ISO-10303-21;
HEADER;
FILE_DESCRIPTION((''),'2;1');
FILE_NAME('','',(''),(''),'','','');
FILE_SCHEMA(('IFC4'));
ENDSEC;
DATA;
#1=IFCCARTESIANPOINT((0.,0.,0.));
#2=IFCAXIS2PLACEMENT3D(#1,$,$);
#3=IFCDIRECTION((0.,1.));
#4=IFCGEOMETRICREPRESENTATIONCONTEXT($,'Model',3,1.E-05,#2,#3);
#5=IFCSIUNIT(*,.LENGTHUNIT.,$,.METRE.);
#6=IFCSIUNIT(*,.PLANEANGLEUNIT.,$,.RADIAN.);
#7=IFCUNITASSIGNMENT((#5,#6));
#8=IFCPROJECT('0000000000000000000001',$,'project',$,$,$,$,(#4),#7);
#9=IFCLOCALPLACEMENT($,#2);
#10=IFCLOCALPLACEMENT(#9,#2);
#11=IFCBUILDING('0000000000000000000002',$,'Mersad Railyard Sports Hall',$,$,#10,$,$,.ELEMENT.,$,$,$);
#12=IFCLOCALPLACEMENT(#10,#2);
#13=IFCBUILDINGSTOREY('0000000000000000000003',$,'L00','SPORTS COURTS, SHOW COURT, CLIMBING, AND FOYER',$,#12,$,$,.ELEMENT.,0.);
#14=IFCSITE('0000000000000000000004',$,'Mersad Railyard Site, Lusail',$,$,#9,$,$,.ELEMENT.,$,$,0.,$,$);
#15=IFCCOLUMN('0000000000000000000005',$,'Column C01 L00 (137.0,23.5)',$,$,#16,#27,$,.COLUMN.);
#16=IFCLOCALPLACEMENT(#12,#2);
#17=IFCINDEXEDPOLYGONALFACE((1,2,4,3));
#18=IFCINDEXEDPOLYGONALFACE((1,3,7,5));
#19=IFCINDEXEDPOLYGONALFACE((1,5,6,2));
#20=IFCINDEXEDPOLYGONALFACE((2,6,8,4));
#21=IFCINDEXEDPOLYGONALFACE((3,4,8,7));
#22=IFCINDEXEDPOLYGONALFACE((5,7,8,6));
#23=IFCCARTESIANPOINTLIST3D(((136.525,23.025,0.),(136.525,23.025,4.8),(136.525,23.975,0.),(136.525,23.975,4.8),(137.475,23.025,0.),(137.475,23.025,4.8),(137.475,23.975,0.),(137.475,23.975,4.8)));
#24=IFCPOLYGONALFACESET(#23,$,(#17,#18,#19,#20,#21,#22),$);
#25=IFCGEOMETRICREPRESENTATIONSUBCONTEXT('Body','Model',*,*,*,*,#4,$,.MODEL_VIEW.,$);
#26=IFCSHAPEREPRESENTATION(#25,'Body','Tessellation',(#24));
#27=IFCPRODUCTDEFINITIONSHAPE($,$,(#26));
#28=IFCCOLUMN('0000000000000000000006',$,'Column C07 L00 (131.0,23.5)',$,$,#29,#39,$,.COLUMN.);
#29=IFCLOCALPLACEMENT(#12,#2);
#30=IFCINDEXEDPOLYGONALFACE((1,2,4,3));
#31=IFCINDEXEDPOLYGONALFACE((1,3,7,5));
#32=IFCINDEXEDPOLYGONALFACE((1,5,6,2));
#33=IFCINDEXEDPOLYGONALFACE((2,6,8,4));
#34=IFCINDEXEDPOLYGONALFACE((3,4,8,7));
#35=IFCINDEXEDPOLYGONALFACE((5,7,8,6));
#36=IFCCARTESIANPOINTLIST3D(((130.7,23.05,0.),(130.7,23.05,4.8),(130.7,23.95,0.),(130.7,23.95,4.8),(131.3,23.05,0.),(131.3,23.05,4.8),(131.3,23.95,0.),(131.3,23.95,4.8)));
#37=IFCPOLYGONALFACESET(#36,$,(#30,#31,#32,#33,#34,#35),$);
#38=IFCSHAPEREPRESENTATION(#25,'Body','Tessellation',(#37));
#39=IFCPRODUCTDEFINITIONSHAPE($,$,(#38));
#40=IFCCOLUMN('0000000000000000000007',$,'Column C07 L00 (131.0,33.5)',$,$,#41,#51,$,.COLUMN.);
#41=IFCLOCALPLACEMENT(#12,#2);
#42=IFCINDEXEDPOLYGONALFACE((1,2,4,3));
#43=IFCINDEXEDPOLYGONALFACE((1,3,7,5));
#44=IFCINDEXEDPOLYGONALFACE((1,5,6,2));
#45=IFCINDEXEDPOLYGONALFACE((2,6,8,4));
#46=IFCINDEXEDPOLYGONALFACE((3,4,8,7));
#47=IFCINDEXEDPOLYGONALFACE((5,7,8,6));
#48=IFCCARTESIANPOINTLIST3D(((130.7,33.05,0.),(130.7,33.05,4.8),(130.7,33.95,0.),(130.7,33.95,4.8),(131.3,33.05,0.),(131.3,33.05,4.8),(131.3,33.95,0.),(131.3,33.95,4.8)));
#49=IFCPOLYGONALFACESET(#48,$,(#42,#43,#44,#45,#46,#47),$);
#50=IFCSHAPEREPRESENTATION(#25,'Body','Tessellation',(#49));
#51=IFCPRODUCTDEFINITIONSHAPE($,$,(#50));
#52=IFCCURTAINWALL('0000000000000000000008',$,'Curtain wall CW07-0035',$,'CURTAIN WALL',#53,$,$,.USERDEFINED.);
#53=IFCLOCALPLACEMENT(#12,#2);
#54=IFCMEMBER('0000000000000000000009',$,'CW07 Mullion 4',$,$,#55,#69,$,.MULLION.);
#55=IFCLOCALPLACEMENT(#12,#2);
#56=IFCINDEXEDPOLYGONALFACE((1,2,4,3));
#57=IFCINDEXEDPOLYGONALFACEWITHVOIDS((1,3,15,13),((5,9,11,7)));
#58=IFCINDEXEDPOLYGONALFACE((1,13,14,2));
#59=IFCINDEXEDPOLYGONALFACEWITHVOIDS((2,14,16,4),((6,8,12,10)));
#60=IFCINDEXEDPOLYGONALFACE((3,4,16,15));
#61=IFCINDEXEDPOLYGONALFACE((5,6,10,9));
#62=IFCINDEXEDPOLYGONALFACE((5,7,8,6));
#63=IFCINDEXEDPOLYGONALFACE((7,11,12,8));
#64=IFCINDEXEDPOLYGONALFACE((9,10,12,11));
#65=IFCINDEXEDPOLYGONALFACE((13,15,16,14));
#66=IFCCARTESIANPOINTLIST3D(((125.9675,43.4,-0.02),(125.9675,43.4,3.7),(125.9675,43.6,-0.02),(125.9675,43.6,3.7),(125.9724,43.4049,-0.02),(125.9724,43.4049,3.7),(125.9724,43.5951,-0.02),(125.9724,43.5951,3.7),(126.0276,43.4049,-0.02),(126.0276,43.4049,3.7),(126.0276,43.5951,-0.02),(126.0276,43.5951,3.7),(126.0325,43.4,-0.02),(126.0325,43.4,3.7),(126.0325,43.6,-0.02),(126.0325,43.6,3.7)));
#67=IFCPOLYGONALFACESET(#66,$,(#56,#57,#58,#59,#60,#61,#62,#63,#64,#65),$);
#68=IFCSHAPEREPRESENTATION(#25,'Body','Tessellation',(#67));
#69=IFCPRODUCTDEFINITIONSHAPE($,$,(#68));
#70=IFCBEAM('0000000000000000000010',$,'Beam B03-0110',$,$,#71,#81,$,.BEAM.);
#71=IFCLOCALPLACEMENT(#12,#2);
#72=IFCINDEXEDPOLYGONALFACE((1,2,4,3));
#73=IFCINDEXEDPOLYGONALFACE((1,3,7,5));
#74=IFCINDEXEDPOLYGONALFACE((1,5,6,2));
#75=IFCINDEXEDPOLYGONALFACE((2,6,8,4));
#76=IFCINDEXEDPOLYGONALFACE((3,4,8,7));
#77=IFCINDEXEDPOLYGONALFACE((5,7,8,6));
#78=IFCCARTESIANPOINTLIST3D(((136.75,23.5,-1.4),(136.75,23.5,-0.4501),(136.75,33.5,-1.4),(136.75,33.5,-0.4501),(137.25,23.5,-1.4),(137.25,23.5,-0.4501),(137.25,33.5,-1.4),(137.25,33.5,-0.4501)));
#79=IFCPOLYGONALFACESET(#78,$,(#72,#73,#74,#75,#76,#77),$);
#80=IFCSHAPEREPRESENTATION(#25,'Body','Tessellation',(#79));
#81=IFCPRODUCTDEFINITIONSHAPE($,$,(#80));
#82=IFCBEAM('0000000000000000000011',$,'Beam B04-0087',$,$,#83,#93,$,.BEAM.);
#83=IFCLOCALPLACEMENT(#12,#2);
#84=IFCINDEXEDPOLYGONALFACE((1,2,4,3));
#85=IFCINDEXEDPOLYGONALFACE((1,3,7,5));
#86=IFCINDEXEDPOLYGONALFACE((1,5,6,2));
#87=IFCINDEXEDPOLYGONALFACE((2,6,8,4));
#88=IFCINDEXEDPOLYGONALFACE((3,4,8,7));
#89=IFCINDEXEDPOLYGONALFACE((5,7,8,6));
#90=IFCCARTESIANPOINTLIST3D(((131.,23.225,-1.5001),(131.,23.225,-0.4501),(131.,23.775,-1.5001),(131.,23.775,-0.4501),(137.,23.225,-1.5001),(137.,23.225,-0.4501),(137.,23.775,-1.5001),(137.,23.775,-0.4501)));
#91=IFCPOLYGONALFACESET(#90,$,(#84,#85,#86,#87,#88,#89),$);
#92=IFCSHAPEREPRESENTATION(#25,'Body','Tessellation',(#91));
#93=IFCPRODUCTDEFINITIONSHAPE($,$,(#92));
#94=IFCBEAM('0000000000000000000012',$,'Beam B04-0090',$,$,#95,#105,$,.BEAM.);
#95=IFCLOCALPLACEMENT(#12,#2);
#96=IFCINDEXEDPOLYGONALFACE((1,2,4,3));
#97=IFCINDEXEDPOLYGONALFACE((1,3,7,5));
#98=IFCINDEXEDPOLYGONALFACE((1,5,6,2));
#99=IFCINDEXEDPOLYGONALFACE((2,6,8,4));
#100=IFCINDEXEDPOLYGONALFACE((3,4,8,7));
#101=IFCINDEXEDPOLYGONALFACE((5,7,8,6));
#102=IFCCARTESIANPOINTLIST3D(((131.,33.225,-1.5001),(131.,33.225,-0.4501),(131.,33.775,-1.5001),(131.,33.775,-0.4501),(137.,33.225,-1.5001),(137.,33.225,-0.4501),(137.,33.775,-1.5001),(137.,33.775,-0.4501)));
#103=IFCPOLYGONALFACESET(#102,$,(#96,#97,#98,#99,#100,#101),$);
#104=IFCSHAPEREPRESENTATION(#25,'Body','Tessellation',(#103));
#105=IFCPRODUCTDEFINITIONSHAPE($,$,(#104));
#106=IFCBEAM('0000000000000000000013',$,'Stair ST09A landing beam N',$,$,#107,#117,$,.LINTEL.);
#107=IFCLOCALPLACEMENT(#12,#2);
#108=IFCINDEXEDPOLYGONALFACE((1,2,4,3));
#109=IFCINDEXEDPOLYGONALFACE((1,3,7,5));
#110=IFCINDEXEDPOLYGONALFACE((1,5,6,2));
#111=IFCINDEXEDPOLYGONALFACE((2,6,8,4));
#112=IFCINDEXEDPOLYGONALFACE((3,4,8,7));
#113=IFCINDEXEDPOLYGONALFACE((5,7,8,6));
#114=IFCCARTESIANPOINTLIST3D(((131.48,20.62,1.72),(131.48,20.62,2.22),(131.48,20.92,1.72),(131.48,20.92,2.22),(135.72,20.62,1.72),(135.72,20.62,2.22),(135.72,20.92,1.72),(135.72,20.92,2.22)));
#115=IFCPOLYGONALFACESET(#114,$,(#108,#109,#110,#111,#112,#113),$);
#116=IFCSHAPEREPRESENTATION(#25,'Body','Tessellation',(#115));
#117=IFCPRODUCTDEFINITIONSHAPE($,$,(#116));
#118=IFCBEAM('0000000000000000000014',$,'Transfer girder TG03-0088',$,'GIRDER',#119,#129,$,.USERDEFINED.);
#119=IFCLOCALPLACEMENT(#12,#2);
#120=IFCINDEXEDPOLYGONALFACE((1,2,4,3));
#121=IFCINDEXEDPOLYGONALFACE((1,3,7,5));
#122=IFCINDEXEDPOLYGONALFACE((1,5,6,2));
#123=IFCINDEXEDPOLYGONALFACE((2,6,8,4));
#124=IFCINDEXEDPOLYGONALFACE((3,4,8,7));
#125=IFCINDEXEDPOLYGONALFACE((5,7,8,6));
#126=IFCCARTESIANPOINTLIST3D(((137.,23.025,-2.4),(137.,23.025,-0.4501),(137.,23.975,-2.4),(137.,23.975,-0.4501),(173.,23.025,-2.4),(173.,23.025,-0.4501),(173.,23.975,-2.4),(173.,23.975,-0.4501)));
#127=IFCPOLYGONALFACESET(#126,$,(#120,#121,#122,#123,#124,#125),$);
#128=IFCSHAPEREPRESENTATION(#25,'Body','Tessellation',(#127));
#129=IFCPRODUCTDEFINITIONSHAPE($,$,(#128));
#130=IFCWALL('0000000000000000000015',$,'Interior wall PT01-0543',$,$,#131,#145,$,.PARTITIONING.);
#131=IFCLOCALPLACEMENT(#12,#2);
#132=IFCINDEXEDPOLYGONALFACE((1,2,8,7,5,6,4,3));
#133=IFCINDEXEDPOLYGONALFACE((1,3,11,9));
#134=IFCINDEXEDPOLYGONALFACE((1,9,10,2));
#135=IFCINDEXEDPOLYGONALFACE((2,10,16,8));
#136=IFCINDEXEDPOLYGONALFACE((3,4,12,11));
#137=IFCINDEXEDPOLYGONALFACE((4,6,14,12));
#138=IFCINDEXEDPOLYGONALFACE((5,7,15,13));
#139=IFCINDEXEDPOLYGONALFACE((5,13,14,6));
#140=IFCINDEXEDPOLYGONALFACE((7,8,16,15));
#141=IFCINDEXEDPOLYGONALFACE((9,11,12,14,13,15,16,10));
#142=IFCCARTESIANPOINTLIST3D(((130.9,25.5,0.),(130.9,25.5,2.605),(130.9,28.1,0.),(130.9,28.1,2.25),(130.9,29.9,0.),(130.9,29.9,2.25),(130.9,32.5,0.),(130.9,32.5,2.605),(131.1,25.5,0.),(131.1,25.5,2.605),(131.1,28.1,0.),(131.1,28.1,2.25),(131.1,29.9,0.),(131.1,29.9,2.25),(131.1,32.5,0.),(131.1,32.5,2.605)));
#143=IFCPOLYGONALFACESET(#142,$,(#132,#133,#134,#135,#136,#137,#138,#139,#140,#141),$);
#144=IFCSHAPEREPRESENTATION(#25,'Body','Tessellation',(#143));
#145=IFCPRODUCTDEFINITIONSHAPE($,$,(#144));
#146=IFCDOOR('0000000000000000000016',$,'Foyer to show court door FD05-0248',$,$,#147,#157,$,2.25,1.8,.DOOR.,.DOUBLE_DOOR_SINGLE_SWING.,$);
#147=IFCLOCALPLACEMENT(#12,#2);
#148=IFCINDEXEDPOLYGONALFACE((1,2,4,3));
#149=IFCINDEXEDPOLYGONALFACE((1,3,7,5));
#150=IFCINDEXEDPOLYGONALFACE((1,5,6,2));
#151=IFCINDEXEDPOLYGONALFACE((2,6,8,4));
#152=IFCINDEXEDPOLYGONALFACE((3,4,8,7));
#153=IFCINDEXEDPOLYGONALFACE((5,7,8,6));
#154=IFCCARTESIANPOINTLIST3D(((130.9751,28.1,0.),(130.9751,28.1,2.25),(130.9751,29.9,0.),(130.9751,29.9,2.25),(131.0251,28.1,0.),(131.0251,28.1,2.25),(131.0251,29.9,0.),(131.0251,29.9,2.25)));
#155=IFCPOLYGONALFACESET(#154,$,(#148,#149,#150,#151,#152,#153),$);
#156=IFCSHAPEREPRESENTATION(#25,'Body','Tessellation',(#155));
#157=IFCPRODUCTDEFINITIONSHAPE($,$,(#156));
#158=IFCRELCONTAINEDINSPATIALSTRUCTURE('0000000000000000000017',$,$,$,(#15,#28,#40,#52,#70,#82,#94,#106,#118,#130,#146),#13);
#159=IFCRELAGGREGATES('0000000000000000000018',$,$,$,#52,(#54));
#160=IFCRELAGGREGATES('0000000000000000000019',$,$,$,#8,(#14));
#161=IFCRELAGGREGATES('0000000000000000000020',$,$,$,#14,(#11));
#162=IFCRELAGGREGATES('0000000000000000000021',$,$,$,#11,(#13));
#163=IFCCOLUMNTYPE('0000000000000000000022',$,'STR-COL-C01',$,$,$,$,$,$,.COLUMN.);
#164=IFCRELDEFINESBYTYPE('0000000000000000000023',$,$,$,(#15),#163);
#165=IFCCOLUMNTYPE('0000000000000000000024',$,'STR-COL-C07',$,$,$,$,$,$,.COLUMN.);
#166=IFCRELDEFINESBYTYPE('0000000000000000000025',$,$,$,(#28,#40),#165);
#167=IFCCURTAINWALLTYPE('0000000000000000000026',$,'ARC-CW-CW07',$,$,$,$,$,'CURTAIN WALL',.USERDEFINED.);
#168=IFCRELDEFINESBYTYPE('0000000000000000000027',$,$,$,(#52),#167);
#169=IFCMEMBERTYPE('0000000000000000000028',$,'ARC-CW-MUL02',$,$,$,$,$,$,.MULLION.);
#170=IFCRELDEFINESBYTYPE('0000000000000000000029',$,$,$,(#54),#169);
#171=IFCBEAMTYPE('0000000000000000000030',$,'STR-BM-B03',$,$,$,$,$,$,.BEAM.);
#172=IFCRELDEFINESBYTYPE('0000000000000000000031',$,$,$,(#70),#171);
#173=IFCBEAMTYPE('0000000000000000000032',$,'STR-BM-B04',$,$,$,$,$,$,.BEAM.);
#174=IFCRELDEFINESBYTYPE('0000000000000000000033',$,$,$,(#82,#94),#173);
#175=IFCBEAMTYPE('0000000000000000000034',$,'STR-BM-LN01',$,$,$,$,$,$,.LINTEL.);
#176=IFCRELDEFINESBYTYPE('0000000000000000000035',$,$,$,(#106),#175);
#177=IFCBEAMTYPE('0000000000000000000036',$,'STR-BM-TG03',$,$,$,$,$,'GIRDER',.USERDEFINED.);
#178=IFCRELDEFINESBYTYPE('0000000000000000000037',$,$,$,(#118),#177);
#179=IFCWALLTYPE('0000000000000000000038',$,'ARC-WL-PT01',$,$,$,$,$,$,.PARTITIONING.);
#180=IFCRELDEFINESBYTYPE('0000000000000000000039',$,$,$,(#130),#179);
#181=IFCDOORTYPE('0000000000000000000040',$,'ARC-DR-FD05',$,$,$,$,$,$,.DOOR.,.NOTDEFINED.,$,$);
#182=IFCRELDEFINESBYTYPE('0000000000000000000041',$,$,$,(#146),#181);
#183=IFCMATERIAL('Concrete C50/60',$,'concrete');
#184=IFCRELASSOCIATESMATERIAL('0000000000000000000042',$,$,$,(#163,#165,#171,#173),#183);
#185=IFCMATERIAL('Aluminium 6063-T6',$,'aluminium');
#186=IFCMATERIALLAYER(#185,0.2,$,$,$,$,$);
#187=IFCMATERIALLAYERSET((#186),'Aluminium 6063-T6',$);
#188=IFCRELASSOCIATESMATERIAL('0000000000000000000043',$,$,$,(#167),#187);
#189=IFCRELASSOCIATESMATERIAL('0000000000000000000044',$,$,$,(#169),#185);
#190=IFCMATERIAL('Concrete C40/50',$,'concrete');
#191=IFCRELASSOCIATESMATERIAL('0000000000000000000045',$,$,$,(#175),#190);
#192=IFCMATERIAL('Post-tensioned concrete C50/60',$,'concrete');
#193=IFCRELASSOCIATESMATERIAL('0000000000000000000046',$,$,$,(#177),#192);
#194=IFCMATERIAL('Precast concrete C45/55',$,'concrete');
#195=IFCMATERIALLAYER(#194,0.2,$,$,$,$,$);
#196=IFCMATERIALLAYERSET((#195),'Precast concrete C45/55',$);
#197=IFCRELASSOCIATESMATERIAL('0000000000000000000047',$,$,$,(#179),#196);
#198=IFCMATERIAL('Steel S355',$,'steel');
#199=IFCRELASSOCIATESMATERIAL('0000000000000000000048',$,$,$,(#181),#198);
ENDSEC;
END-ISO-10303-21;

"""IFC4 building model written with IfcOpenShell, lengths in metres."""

from ifc_helpers import new_model, si_unit, direction, frame, frame_2d, origin, origin_2d, place, context, subcontext, project, spatial, rectangle, hollow_rectangle, extrude, material, layer, layer_set, material_profile, profile_set, type_object, element, fill, aggregate, save


model = new_model("IFC4")

# Units and contexts
model_context = context("Model", 3, precision=1e-05, world=origin(), true_north=direction((0.0, 1.0)))
body_context = subcontext(model_context, "Body", "Model", "MODEL_VIEW")
ifc_project = project(units=[si_unit("LENGTHUNIT", "METRE"), si_unit("PLANEANGLEUNIT", "RADIAN")], contexts=[model_context])

# Site, building, storey
site_placement = place(None, origin())
site = spatial("IfcSite", under=ifc_project, at=site_placement, Name="Mersad Railyard Site, Lusail", CompositionType="ELEMENT", RefElevation=0.0)
building_placement = place(site_placement, origin())
building = spatial("IfcBuilding", under=site, at=building_placement, Name="Mersad Railyard Sports Hall", CompositionType="ELEMENT")
storey_placement = place(building_placement, origin())
storey = spatial("IfcBuildingStorey", under=building, at=storey_placement, Name="L00", Description="SPORTS COURTS, SHOW COURT, CLIMBING, AND FOYER", CompositionType="ELEMENT", Elevation=0.0)

# Columns
ifc_material_1 = material(Name="Concrete C50/60", Category="concrete")
ifc_material_profile_1 = material_profile(ifc_material_1, rectangle(XDim=0.95, YDim=0.95, at=origin_2d()), Name="RC 950x950")
ifc_profile_set_1 = profile_set([ifc_material_profile_1], Name="Concrete C50/60")
column_type_1 = type_object("IfcColumnType", Name="STR-COL-C01", PredefinedType="COLUMN", material=ifc_profile_set_1)
column_placement = place(storey_placement, frame((137.0, 23.5, 0.0), z_axis=(0.0, 0.0, 1.0), x_axis=(1.0, 0.0, 0.0)))
element("IfcColumn", 1, at=column_placement, inside=storey, type_object=column_type_1, Name="Column C01 L00 (137.0,23.5)", PredefinedType="COLUMN", context=body_context, shape_type="SweptSolid", body=[
    extrude(rectangle(XDim=0.95, YDim=0.95, at=origin_2d()), origin(), (0.0, 0.0, 1.0), 4.8),
])
ifc_material_profile_2 = material_profile(ifc_material_1, rectangle(XDim=0.6001, YDim=0.8999, at=origin_2d()), Name="RC 600x900")
ifc_profile_set_2 = profile_set([ifc_material_profile_2], Name="Concrete C50/60")
column_type_2 = type_object("IfcColumnType", Name="STR-COL-C07", PredefinedType="COLUMN", material=ifc_profile_set_2)
for number, where, z_axis, x_axis, name in (
    (2, (131.0, 23.5, 0.0), (0.0, 0.0, 1.0), (1.0, 0.0, 0.0), "Column C07 L00 (131.0,23.5)"),
    (3, (131.0, 33.5, 0.0), (0.0, 0.0, 1.0), (1.0, 0.0, 0.0), "Column C07 L00 (131.0,33.5)"),
):
    element("IfcColumn", number, at=place(storey_placement, frame(where, z_axis=z_axis, x_axis=x_axis)), inside=storey, type_object=column_type_2, Name=name, PredefinedType="COLUMN", context=body_context, shape_type="SweptSolid", body=[
        extrude(rectangle(XDim=0.6001, YDim=0.8999, at=origin_2d()), origin(), (0.0, 0.0, 1.0), 4.8),
    ])

# Curtain wall, member
ifc_material_2 = material(Name="Aluminium 6063-T6", Category="aluminium")
ifc_layer_1 = layer(ifc_material_2, 0.2)
ifc_layer_set_1 = layer_set([ifc_layer_1], Name="Aluminium 6063-T6")
curtain_wall_type = type_object("IfcCurtainWallType", Name="ARC-CW-CW07", ElementType="CURTAIN WALL", PredefinedType="USERDEFINED", material=ifc_layer_set_1)
curtain_wall_placement = place(storey_placement, origin())
curtain_wall = element("IfcCurtainWall", 4, at=curtain_wall_placement, inside=storey, type_object=curtain_wall_type, Name="Curtain wall CW07-0035", ObjectType="CURTAIN WALL", PredefinedType="USERDEFINED")
ifc_material_profile_3 = material_profile(ifc_material_2, hollow_rectangle(XDim=0.0649, YDim=0.2, WallThickness=0.0049, at=origin_2d()), Name="AL MULLION 65x200x5")
ifc_profile_set_3 = profile_set([ifc_material_profile_3], Name="Aluminium 6063-T6")
member_type = type_object("IfcMemberType", Name="ARC-CW-MUL02", PredefinedType="MULLION", material=ifc_profile_set_3)
member_placement = place(storey_placement, frame((126.0, 43.5, -0.02), z_axis=(0.0, 0.0, 1.0), x_axis=(1.0, 0.0, 0.0)))
member = element("IfcMember", 5, at=member_placement, type_object=member_type, Name="CW07 Mullion 4", PredefinedType="MULLION", context=body_context, shape_type="SweptSolid", body=[
    extrude(hollow_rectangle(XDim=0.0649, YDim=0.2, WallThickness=0.0049, at=origin_2d()), origin(), (0.0, 0.0, 1.0), 3.72),
])
aggregate(curtain_wall, [member])

# Beams
ifc_material_profile_4 = material_profile(ifc_material_1, rectangle(XDim=0.5, YDim=0.95, at=origin_2d()), Name="RC 500x950")
ifc_profile_set_4 = profile_set([ifc_material_profile_4], Name="Concrete C50/60")
beam_type_1 = type_object("IfcBeamType", Name="STR-BM-B03", PredefinedType="BEAM", material=ifc_profile_set_4)
beam_1_placement = place(storey_placement, frame((137.0, 23.5, -0.925), z_axis=(0.0, 1.0, 0.0), x_axis=(-1.0, 0.0, 0.0)))
element("IfcBeam", 6, at=beam_1_placement, inside=storey, type_object=beam_type_1, Name="Beam B03-0110", PredefinedType="BEAM", context=body_context, shape_type="SweptSolid", body=[
    extrude(rectangle(XDim=0.5, YDim=0.95, at=origin_2d()), origin(), (0.0, 0.0, 1.0), 10.0),
])
ifc_material_profile_5 = material_profile(ifc_material_1, rectangle(XDim=0.55, YDim=1.05, at=origin_2d()), Name="RC 550x1050")
ifc_profile_set_5 = profile_set([ifc_material_profile_5], Name="Concrete C50/60")
beam_type_2 = type_object("IfcBeamType", Name="STR-BM-B04", PredefinedType="BEAM", material=ifc_profile_set_5)
for number, where, z_axis, x_axis, name in (
    (7, (131.0, 23.5, -0.9751), (1.0, 0.0, 0.0), (0.0, 1.0, 0.0), "Beam B04-0087"),
    (8, (131.0, 33.5, -0.9751), (1.0, 0.0, 0.0), (0.0, 1.0, 0.0), "Beam B04-0090"),
):
    element("IfcBeam", number, at=place(storey_placement, frame(where, z_axis=z_axis, x_axis=x_axis)), inside=storey, type_object=beam_type_2, Name=name, PredefinedType="BEAM", context=body_context, shape_type="SweptSolid", body=[
        extrude(rectangle(XDim=0.55, YDim=1.05, at=origin_2d()), origin(), (0.0, 0.0, 1.0), 6.0),
    ])
ifc_material_3 = material(Name="Concrete C40/50", Category="concrete")
ifc_material_profile_6 = material_profile(ifc_material_3, rectangle(XDim=0.3, YDim=0.5, at=origin_2d()), Name="RC 300x500")
ifc_profile_set_6 = profile_set([ifc_material_profile_6], Name="Concrete C40/50")
beam_type_3 = type_object("IfcBeamType", Name="STR-BM-LN01", PredefinedType="LINTEL", material=ifc_profile_set_6)
beam_2_placement = place(storey_placement, frame((131.48, 20.77, 1.97), z_axis=(1.0, 0.0, 0.0), x_axis=(0.0, 1.0, 0.0)))
element("IfcBeam", 9, at=beam_2_placement, inside=storey, type_object=beam_type_3, Name="Stair ST09A landing beam N", PredefinedType="LINTEL", context=body_context, shape_type="SweptSolid", body=[
    extrude(rectangle(XDim=0.3, YDim=0.5, at=origin_2d()), origin(), (0.0, 0.0, 1.0), 4.24),
])
ifc_material_4 = material(Name="Post-tensioned concrete C50/60", Category="concrete")
ifc_material_profile_7 = material_profile(ifc_material_4, rectangle(XDim=0.95, YDim=1.95, at=origin_2d()), Name="PT 950x1950")
ifc_profile_set_7 = profile_set([ifc_material_profile_7], Name="Post-tensioned concrete C50/60")
beam_type_4 = type_object("IfcBeamType", Name="STR-BM-TG03", ElementType="GIRDER", PredefinedType="USERDEFINED", material=ifc_profile_set_7)
beam_3_placement = place(storey_placement, frame((137.0, 23.5, -1.425), z_axis=(1.0, 0.0, 0.0), x_axis=(0.0, 1.0, 0.0)))
element("IfcBeam", 10, at=beam_3_placement, inside=storey, type_object=beam_type_4, Name="Transfer girder TG03-0088", ObjectType="GIRDER", PredefinedType="USERDEFINED", context=body_context, shape_type="SweptSolid", body=[
    extrude(rectangle(XDim=0.95, YDim=1.95, at=origin_2d()), origin(), (0.0, 0.0, 1.0), 36.0),
])

# Wall, opening, door
ifc_material_5 = material(Name="Precast concrete C45/55", Category="concrete")
ifc_layer_2 = layer(ifc_material_5, 0.2)
ifc_layer_set_2 = layer_set([ifc_layer_2], Name="Precast concrete C45/55")
wall_type_1 = type_object("IfcWallType", Name="ARC-WL-PT01", PredefinedType="PARTITIONING", material=ifc_layer_set_2)
wall_1_placement = place(storey_placement, frame((131.0, 25.5, 0.0), z_axis=(0.0, 0.0, 1.0), x_axis=(0.0, 1.0, 0.0)))
wall_1 = element("IfcWall", 11, at=wall_1_placement, inside=storey, type_object=wall_type_1, Name="Interior wall PT01-0543", PredefinedType="PARTITIONING", context=body_context, shape_type="SweptSolid", body=[
    extrude(rectangle(XDim=7.0, YDim=0.2, at=frame_2d((3.5, 0.0))), origin(), (0.0, 0.0, 1.0), 2.605),
])
opening_1_placement = place(wall_1_placement, frame((2.6001, 0.0, 0.0)))
opening_1 = element("IfcOpeningElement", 12, at=opening_1_placement, cuts=wall_1, PredefinedType="OPENING", context=body_context, shape_type="SweptSolid", body=[
    extrude(rectangle(XDim=1.8, YDim=2.25, at=frame_2d((0.8999, 1.125))), frame((0.0, 0.1099, 0.0), z_axis=(0.0, -1.0, 0.0), x_axis=(1.0, 0.0, 0.0)), (0.0, 0.0, 1.0), 0.22),
])
ifc_material_6 = material(Name="Steel S355", Category="steel")
door_type_1 = type_object("IfcDoorType", Name="ARC-DR-FD05", OperationType="NOTDEFINED", PredefinedType="DOOR", material=ifc_material_6)
door_1_placement = place(opening_1_placement, origin())
door_1 = element("IfcDoor", 13, at=door_1_placement, inside=storey, type_object=door_type_1, Name="Foyer to show court door FD05-0248", OperationType="DOUBLE_DOOR_SINGLE_SWING", OverallHeight=2.25, OverallWidth=1.8, PredefinedType="DOOR", context=body_context, shape_type="SweptSolid", body=[
    extrude(rectangle(XDim=1.8, YDim=2.25, at=frame_2d((0.8999, 1.125))), frame((0.0, 0.0249, 0.0), z_axis=(0.0, -1.0, 0.0), x_axis=(1.0, 0.0, 0.0)), (0.0, 0.0, 1.0), 0.05),
])
fill(opening_1, door_1)

save(model, "model.ifc")
